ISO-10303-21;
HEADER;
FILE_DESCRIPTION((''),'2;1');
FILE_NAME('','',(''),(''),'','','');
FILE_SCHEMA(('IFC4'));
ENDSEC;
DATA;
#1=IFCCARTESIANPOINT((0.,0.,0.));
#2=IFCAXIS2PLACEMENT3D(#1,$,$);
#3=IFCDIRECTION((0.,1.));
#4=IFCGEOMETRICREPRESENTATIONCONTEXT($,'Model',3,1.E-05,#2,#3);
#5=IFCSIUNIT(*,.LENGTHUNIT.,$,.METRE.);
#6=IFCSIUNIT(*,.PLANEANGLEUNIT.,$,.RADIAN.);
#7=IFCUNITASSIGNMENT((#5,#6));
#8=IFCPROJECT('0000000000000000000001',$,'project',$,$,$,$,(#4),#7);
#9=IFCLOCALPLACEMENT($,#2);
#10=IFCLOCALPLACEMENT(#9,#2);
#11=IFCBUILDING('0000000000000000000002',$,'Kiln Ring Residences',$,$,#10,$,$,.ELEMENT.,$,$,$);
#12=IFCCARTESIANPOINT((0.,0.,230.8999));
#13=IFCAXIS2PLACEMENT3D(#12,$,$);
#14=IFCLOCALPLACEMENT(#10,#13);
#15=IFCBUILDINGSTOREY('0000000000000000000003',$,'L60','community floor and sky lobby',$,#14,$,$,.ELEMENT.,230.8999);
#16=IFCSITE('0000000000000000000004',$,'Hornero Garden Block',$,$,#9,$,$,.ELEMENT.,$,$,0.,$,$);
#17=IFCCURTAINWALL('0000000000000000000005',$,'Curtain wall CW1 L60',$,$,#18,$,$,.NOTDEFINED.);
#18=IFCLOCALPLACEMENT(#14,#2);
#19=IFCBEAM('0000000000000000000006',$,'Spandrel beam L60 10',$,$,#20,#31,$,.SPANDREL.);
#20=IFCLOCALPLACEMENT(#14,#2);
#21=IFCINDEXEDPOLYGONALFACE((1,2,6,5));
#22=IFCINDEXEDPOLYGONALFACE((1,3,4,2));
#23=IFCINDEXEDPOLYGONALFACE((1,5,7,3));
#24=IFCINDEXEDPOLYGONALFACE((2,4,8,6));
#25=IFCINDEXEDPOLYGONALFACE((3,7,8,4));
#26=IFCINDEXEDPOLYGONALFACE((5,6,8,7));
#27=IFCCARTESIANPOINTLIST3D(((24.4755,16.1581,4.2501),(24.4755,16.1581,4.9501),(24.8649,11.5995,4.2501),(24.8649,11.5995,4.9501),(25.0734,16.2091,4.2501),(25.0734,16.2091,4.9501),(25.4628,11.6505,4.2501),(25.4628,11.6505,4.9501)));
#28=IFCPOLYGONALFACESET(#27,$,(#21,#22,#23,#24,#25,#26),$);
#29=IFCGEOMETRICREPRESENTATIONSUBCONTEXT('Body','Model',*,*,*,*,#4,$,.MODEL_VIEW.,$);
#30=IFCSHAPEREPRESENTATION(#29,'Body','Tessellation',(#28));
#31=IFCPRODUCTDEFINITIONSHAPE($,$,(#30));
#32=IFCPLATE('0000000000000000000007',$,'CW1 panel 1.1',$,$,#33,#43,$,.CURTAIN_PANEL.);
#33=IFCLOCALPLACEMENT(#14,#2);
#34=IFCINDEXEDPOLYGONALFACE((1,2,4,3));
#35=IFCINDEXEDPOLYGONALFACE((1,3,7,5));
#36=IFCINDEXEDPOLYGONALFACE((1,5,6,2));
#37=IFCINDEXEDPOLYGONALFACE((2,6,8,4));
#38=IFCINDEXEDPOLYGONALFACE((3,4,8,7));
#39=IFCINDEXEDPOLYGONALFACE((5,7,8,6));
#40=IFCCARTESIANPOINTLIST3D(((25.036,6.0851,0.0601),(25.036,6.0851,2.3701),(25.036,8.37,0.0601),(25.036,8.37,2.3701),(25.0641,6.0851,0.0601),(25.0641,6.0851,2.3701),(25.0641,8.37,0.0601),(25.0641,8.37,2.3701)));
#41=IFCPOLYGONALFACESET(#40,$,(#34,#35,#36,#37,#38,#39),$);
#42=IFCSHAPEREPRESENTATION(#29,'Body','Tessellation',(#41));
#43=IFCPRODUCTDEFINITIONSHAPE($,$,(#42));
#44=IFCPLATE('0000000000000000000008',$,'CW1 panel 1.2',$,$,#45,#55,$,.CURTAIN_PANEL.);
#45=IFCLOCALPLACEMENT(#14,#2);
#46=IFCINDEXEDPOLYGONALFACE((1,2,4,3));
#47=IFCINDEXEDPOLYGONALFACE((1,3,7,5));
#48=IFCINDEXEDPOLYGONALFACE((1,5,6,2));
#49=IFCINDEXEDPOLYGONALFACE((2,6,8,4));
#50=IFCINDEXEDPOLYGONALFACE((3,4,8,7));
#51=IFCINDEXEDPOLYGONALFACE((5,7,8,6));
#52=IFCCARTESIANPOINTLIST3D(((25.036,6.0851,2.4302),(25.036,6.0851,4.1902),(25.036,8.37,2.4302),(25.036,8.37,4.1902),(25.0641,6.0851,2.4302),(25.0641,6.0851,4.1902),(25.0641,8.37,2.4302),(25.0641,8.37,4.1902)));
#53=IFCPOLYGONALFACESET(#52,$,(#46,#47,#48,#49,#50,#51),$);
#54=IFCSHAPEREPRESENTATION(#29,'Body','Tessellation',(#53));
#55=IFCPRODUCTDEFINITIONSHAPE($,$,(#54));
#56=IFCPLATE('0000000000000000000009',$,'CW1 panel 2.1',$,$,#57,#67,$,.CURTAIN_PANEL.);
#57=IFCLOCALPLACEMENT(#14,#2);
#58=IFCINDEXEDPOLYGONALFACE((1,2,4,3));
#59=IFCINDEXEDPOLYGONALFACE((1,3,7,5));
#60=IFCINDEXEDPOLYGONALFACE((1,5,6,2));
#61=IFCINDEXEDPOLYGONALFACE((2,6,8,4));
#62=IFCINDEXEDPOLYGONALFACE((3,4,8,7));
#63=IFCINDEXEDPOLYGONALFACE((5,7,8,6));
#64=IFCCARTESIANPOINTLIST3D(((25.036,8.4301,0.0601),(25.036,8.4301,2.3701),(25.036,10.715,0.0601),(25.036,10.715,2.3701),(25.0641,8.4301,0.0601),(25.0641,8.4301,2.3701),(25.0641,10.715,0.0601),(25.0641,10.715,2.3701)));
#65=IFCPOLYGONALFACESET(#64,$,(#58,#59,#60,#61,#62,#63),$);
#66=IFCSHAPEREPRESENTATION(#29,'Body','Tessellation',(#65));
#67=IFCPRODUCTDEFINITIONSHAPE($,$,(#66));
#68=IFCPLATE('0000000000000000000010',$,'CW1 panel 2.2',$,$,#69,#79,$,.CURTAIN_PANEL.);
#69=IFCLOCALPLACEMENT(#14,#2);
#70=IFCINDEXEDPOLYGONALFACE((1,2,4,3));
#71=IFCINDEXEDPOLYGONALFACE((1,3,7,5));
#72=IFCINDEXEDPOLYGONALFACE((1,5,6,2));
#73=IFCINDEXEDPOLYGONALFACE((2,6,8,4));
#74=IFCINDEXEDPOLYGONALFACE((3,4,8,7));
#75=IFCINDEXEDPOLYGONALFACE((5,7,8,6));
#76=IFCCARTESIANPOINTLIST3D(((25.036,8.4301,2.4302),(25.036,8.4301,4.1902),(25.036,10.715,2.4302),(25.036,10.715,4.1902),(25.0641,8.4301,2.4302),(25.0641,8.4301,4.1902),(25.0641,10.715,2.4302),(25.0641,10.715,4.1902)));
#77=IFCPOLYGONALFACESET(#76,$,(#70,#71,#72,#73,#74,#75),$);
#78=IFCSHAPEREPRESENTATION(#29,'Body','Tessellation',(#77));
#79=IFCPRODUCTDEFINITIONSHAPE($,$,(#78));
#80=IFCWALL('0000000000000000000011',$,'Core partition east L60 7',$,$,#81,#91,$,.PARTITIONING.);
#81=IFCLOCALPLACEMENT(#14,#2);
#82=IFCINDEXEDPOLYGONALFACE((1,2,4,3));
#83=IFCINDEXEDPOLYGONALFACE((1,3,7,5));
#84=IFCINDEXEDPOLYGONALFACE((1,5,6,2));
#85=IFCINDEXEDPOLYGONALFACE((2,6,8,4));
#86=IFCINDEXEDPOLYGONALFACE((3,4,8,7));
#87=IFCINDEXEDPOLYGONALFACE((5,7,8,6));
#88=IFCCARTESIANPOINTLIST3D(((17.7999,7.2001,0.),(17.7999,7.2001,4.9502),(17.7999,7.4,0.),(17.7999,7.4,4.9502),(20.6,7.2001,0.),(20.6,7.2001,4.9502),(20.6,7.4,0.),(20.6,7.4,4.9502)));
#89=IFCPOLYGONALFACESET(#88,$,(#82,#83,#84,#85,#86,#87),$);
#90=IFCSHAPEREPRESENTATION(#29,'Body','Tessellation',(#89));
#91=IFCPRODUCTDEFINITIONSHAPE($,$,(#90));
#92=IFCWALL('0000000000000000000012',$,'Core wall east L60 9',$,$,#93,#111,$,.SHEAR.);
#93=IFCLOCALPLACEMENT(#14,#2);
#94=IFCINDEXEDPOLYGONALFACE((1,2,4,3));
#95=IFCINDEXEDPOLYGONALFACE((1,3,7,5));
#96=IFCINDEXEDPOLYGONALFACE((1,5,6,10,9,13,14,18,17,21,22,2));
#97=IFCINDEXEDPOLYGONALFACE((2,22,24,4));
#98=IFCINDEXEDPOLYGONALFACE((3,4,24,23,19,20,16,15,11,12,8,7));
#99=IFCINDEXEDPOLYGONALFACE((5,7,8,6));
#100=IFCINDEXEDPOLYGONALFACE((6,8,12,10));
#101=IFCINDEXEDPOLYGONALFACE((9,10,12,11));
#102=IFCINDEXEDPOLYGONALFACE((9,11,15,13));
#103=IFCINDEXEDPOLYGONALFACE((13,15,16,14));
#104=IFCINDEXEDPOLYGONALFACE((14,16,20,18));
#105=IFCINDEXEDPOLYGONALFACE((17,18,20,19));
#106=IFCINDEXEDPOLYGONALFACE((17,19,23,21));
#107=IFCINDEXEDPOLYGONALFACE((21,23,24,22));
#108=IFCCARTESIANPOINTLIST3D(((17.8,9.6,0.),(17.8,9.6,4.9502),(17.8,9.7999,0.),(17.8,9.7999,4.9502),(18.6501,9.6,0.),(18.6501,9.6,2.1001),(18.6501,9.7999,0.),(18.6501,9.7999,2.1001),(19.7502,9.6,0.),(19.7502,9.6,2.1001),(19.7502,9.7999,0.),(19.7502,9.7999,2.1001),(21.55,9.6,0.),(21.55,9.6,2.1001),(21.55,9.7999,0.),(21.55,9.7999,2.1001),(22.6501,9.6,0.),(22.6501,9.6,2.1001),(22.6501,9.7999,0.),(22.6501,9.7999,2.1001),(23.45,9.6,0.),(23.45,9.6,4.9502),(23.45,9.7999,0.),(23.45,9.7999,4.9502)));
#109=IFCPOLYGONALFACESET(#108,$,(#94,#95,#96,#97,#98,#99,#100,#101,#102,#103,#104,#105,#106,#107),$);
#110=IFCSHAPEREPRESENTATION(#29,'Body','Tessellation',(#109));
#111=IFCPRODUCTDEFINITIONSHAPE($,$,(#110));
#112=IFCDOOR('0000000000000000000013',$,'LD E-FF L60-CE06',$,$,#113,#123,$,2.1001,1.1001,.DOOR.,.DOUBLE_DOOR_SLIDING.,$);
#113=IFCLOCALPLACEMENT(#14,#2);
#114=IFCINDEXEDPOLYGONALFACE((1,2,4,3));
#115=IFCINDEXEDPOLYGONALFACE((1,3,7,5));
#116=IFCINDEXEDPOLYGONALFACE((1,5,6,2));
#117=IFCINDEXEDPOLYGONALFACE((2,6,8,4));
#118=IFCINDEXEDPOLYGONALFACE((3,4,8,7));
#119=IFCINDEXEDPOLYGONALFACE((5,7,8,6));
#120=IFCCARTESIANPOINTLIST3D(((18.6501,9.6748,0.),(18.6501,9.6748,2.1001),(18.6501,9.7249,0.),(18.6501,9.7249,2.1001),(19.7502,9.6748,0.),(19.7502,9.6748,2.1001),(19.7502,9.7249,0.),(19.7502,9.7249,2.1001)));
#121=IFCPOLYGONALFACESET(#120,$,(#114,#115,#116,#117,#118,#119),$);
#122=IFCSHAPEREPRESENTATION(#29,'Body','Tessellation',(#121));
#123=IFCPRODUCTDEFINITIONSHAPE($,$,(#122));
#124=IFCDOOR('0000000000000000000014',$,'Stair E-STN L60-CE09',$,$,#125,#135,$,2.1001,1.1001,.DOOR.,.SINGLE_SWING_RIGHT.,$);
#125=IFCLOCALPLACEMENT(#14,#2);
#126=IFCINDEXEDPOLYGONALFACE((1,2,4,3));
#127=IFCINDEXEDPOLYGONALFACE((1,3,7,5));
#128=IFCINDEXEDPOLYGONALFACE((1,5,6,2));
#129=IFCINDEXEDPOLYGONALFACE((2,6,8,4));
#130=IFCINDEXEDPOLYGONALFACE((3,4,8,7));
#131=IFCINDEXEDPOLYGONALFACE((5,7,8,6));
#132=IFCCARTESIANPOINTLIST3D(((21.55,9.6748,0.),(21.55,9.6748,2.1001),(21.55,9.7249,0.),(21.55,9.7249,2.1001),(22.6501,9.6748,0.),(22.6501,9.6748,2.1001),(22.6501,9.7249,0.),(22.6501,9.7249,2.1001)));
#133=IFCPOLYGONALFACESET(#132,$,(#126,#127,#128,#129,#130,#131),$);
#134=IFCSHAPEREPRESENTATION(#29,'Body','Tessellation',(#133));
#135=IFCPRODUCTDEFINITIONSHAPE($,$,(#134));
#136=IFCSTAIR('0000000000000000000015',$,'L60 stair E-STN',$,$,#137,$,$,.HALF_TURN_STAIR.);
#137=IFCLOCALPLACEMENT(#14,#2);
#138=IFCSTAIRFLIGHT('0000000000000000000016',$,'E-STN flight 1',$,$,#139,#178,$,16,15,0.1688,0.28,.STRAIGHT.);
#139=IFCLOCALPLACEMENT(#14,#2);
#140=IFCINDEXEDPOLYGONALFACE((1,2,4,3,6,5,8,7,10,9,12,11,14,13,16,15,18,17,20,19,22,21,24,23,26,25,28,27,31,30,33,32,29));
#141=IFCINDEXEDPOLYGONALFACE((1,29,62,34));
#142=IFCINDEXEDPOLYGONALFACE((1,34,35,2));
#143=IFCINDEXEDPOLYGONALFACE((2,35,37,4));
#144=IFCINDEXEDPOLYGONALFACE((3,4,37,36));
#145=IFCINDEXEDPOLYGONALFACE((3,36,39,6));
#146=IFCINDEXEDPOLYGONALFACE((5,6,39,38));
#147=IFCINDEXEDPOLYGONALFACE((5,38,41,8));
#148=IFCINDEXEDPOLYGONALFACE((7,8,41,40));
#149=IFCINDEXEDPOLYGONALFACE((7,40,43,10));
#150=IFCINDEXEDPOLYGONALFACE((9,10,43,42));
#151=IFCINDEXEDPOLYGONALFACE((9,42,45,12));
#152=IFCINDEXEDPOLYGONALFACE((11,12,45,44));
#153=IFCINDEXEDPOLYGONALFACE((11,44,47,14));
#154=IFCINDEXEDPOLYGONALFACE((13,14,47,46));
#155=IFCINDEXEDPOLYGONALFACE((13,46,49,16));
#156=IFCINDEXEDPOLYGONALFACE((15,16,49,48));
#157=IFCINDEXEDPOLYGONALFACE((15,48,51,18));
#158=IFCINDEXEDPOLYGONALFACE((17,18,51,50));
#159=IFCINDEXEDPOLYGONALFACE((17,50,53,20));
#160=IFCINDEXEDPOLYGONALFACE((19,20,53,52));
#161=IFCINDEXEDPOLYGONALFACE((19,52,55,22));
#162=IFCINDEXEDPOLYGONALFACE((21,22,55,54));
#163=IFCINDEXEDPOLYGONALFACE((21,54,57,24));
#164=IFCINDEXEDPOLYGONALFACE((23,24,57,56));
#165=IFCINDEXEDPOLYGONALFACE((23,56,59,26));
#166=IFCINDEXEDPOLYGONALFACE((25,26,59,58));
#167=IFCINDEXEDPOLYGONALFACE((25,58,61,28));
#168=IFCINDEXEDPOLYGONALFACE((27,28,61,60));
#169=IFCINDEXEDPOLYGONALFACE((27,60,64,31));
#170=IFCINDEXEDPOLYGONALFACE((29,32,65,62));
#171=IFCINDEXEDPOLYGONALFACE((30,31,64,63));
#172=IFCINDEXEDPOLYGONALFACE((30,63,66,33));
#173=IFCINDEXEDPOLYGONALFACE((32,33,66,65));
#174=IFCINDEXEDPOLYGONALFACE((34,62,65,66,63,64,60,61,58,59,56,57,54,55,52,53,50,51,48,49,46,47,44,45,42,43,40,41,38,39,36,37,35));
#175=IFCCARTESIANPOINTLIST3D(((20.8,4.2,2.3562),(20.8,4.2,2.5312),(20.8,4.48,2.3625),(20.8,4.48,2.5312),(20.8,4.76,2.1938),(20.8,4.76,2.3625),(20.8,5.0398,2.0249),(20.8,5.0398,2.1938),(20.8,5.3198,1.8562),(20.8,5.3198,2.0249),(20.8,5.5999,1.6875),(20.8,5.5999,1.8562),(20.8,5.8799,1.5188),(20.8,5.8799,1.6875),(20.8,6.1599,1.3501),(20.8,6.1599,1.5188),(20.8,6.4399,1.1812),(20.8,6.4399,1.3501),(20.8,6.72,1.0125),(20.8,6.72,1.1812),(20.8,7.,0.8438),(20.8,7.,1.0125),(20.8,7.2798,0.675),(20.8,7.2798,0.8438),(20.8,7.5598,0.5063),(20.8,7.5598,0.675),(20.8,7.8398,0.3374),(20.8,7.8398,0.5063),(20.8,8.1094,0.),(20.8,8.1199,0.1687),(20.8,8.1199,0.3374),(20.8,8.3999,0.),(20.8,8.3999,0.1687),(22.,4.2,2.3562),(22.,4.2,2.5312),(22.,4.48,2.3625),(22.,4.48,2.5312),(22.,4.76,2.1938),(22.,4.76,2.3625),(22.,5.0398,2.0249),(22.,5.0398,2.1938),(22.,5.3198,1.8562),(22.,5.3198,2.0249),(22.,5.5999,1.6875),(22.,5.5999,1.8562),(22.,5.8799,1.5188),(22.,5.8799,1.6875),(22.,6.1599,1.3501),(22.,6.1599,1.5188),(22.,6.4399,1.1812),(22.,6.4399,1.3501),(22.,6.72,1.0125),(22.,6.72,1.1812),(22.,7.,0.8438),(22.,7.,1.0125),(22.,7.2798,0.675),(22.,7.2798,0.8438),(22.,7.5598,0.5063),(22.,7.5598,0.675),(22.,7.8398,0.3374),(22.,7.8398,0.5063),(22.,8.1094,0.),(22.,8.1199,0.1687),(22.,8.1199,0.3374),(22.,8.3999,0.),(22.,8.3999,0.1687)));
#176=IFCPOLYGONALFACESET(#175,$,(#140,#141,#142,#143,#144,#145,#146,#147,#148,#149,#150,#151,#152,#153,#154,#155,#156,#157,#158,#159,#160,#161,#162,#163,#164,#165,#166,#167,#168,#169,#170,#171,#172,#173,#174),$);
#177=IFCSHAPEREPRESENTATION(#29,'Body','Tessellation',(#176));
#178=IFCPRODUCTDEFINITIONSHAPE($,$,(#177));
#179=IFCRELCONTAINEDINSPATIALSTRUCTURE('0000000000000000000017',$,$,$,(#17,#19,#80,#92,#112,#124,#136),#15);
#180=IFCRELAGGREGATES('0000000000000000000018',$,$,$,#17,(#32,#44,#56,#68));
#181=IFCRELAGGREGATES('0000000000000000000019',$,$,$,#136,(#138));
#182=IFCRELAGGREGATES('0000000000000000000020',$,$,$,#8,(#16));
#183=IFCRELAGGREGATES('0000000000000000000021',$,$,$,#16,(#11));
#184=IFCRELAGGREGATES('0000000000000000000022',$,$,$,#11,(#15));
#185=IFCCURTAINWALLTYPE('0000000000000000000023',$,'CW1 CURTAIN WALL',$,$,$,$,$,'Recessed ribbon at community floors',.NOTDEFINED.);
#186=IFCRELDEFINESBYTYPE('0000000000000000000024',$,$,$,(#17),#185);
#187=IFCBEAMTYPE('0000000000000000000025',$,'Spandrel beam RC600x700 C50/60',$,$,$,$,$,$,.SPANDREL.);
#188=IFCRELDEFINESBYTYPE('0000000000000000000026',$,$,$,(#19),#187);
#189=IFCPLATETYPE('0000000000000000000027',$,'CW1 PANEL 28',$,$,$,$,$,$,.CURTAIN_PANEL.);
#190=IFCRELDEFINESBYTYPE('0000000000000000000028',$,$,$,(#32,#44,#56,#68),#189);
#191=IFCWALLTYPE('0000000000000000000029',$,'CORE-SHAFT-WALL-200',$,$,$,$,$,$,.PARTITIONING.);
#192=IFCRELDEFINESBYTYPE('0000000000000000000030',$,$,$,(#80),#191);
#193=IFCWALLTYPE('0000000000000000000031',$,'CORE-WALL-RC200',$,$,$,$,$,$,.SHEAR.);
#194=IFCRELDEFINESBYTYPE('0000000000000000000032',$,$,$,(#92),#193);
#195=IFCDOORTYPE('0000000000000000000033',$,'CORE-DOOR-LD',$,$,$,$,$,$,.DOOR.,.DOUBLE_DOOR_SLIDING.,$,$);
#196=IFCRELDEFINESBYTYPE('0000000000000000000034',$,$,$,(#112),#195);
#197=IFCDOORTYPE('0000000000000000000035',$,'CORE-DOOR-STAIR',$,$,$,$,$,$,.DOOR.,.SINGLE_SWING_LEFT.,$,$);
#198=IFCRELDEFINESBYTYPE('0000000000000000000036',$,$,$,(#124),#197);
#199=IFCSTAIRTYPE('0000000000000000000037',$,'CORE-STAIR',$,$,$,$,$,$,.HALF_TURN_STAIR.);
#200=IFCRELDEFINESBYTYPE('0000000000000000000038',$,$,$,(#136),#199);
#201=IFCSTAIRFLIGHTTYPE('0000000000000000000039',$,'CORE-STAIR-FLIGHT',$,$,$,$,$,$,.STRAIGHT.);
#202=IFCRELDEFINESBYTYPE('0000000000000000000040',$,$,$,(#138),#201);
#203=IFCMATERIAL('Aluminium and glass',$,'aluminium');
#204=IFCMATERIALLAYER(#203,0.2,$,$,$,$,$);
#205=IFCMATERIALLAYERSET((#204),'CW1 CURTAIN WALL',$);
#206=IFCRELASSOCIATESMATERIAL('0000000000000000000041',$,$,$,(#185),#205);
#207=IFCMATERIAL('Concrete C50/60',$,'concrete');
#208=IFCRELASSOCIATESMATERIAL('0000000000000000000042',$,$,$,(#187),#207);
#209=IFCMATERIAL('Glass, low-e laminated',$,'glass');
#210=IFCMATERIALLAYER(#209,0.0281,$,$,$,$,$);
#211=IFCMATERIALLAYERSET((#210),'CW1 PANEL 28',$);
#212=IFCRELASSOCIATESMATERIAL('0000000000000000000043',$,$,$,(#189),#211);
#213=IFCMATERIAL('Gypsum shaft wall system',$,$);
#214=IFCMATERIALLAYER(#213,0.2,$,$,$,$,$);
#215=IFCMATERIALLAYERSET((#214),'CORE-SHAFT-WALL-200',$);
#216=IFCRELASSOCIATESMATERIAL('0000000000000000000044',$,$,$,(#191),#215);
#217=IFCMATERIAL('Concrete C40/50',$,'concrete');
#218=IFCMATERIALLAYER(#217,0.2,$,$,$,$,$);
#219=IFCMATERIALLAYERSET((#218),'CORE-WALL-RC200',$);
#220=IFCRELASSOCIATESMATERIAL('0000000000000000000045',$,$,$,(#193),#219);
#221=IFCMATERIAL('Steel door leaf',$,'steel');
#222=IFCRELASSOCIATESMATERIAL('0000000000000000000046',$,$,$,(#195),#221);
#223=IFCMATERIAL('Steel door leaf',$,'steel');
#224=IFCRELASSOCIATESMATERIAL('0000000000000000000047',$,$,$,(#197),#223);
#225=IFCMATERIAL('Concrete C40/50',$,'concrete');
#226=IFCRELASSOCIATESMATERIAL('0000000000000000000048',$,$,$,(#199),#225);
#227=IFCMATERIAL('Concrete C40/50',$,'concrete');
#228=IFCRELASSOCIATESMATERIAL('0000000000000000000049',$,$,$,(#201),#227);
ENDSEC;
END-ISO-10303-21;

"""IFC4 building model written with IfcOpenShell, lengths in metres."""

from ifc_helpers import new_model, si_unit, direction, frame, frame_2d, origin, origin_2d, place, context, subcontext, project, spatial, polyline, rectangle, outline, extrude, material, layer, layer_set, material_profile, profile_set, type_object, element, fill, aggregate, save


model = new_model("IFC4")

# Units and contexts
model_context = context("Model", 3, precision=1e-05, world=origin(), true_north=direction((0.0, 1.0)))
body_context = subcontext(model_context, "Body", "Model", "MODEL_VIEW")
ifc_project = project(units=[si_unit("LENGTHUNIT", "METRE"), si_unit("PLANEANGLEUNIT", "RADIAN")], contexts=[model_context])

# Site, building, storey
site_placement = place(None, origin())
site = spatial("IfcSite", under=ifc_project, at=site_placement, Name="Hornero Garden Block", CompositionType="ELEMENT", RefElevation=0.0)
building_placement = place(site_placement, origin())
building = spatial("IfcBuilding", under=site, at=building_placement, Name="Kiln Ring Residences", CompositionType="ELEMENT")
storey_placement = place(building_placement, frame((0.0, 0.0, 230.8999)))
storey = spatial("IfcBuildingStorey", under=building, at=storey_placement, Name="L60", Description="community floor and sky lobby", CompositionType="ELEMENT", Elevation=230.8999)

# Curtain wall
ifc_material_1 = material(Name="Aluminium and glass", Category="aluminium")
ifc_layer_1 = layer(ifc_material_1, 0.2)
ifc_layer_set_1 = layer_set([ifc_layer_1], Name="CW1 CURTAIN WALL")
curtain_wall_type = type_object("IfcCurtainWallType", Name="CW1 CURTAIN WALL", ElementType="Recessed ribbon at community floors", PredefinedType="NOTDEFINED", material=ifc_layer_set_1)
placement = place(storey_placement, origin())
curtain_wall_1 = element("IfcCurtainWall", 1, at=placement, inside=storey, type_object=curtain_wall_type, Name="Curtain wall CW1 L60", PredefinedType="NOTDEFINED")

# Beam
ifc_material_2 = material(Name="Concrete C50/60", Category="concrete")
ifc_material_profile_1 = material_profile(ifc_material_2, rectangle(XDim=0.6001, YDim=0.7, at=origin_2d()), Name="RC600x700")
ifc_profile_set_1 = profile_set([ifc_material_profile_1], Name="Concrete C50/60")
beam_type = type_object("IfcBeamType", Name="Spandrel beam RC600x700 C50/60", PredefinedType="SPANDREL", material=ifc_profile_set_1)
beam_placement = place(storey_placement, frame((25.1638, 11.625, 4.6001), z_axis=(-0.085112, 0.996371, 0.0), x_axis=(-0.996371, -0.085112, 0.0)))
element("IfcBeam", 2, at=beam_placement, inside=storey, type_object=beam_type, Name="Spandrel beam L60 10", PredefinedType="SPANDREL", context=body_context, shape_type="SweptSolid", body=[
    extrude(rectangle(XDim=0.6001, YDim=0.7, at=origin_2d()), origin(), (0.0, 0.0, 1.0), 4.5752),
])

# Plates
ifc_material_3 = material(Name="Glass, low-e laminated", Category="glass")
ifc_layer_2 = layer(ifc_material_3, 0.0281)
ifc_layer_set_2 = layer_set([ifc_layer_2], Name="CW1 PANEL 28")
plate_type = type_object("IfcPlateType", Name="CW1 PANEL 28", PredefinedType="CURTAIN_PANEL", material=ifc_layer_set_2)
plate_1_placement = place(storey_placement, frame((25.05, 7.2275, 0.0601), z_axis=(0.0, 0.0, 1.0), x_axis=(0.0, 1.0, 0.0)))
plate_1 = element("IfcPlate", 3, at=plate_1_placement, type_object=plate_type, Name="CW1 panel 1.1", PredefinedType="CURTAIN_PANEL", context=body_context, shape_type="SweptSolid", body=[
    extrude(rectangle(XDim=2.2849, YDim=0.0281, at=origin_2d()), origin(), (0.0, 0.0, 1.0), 2.3101),
])
plate_2_placement = place(storey_placement, frame((25.05, 7.2275, 2.4302), z_axis=(0.0, 0.0, 1.0), x_axis=(0.0, 1.0, 0.0)))
plate_2 = element("IfcPlate", 4, at=plate_2_placement, type_object=plate_type, Name="CW1 panel 1.2", PredefinedType="CURTAIN_PANEL", context=body_context, shape_type="SweptSolid", body=[
    extrude(rectangle(XDim=2.2849, YDim=0.0281, at=origin_2d()), origin(), (0.0, 0.0, 1.0), 1.76),
])
plate_3_placement = place(storey_placement, frame((25.05, 9.5725, 0.0601), z_axis=(0.0, 0.0, 1.0), x_axis=(0.0, 1.0, 0.0)))
plate_3 = element("IfcPlate", 5, at=plate_3_placement, type_object=plate_type, Name="CW1 panel 2.1", PredefinedType="CURTAIN_PANEL", context=body_context, shape_type="SweptSolid", body=[
    extrude(rectangle(XDim=2.2849, YDim=0.0281, at=origin_2d()), origin(), (0.0, 0.0, 1.0), 2.3101),
])
plate_4_placement = place(storey_placement, frame((25.05, 9.5725, 2.4302), z_axis=(0.0, 0.0, 1.0), x_axis=(0.0, 1.0, 0.0)))
plate_4 = element("IfcPlate", 6, at=plate_4_placement, type_object=plate_type, Name="CW1 panel 2.2", PredefinedType="CURTAIN_PANEL", context=body_context, shape_type="SweptSolid", body=[
    extrude(rectangle(XDim=2.2849, YDim=0.0281, at=origin_2d()), origin(), (0.0, 0.0, 1.0), 1.76),
])
aggregate(curtain_wall_1, [plate_1, plate_2, plate_3, plate_4])

# Wall
ifc_material_4 = material(Name="Gypsum shaft wall system")
ifc_layer_3 = layer(ifc_material_4, 0.2)
ifc_layer_set_3 = layer_set([ifc_layer_3], Name="CORE-SHAFT-WALL-200")
wall_type_1 = type_object("IfcWallType", Name="CORE-SHAFT-WALL-200", PredefinedType="PARTITIONING", material=ifc_layer_set_3)
wall_1_placement = place(storey_placement, frame((17.8, 7.3, 0.0), z_axis=(0.0, 0.0, 1.0), x_axis=(1.0, 0.0, 0.0)))
element("IfcWall", 7, at=wall_1_placement, inside=storey, type_object=wall_type_1, Name="Core partition east L60 7", PredefinedType="PARTITIONING", context=body_context, shape_type="SweptSolid", body=[
    extrude(rectangle(XDim=2.8, YDim=0.2, at=frame_2d((1.3999, 0.0))), origin(), (0.0, 0.0, 1.0), 4.9502),
])

# Wall, openings, doors
ifc_material_5 = material(Name="Concrete C40/50", Category="concrete")
ifc_layer_4 = layer(ifc_material_5, 0.2)
ifc_layer_set_4 = layer_set([ifc_layer_4], Name="CORE-WALL-RC200")
wall_type_2 = type_object("IfcWallType", Name="CORE-WALL-RC200", PredefinedType="SHEAR", material=ifc_layer_set_4)
wall_2_placement = place(storey_placement, frame((17.8, 9.7, 0.0), z_axis=(0.0, 0.0, 1.0), x_axis=(1.0, 0.0, 0.0)))
wall_2 = element("IfcWall", 8, at=wall_2_placement, inside=storey, type_object=wall_type_2, Name="Core wall east L60 9", PredefinedType="SHEAR", context=body_context, shape_type="SweptSolid", body=[
    extrude(rectangle(XDim=5.6499, YDim=0.2, at=frame_2d((2.825, 0.0))), origin(), (0.0, 0.0, 1.0), 4.9502),
])
opening_1_placement = place(wall_2_placement, frame((0.8501, 0.0, 0.0)))
opening_1 = element("IfcOpeningElement", 9, at=opening_1_placement, cuts=wall_2, PredefinedType="OPENING", context=body_context, shape_type="SweptSolid", body=[
    extrude(rectangle(XDim=1.1001, YDim=2.1001, at=frame_2d((0.55, 1.05))), frame((0.0, 0.1099, 0.0), z_axis=(0.0, -1.0, 0.0), x_axis=(1.0, 0.0, 0.0)), (0.0, 0.0, 1.0), 0.22),
])
opening_2_placement = place(wall_2_placement, frame((3.75, 0.0, 0.0)))
opening_2 = element("IfcOpeningElement", 10, at=opening_2_placement, cuts=wall_2, PredefinedType="OPENING", context=body_context, shape_type="SweptSolid", body=[
    extrude(rectangle(XDim=1.1001, YDim=2.1001, at=frame_2d((0.55, 1.05))), frame((0.0, 0.1099, 0.0), z_axis=(0.0, -1.0, 0.0), x_axis=(1.0, 0.0, 0.0)), (0.0, 0.0, 1.0), 0.22),
])
ifc_material_6 = material(Name="Steel door leaf", Category="steel")
door_type_1 = type_object("IfcDoorType", Name="CORE-DOOR-LD", OperationType="DOUBLE_DOOR_SLIDING", PredefinedType="DOOR", material=ifc_material_6)
door_1_placement = place(opening_1_placement, origin())
door_1 = element("IfcDoor", 11, at=door_1_placement, inside=storey, type_object=door_type_1, Name="LD E-FF L60-CE06", OperationType="DOUBLE_DOOR_SLIDING", OverallHeight=2.1001, OverallWidth=1.1001, PredefinedType="DOOR", context=body_context, shape_type="SweptSolid", body=[
    extrude(rectangle(XDim=1.1001, YDim=2.1001, at=frame_2d((0.55, 1.05))), frame((0.0, 0.0249, 0.0), z_axis=(0.0, -1.0, 0.0), x_axis=(1.0, 0.0, 0.0)), (0.0, 0.0, 1.0), 0.05),
])
fill(opening_1, door_1)
ifc_material_7 = material(Name="Steel door leaf", Category="steel")
door_type_2 = type_object("IfcDoorType", Name="CORE-DOOR-STAIR", OperationType="SINGLE_SWING_LEFT", PredefinedType="DOOR", material=ifc_material_7)
door_2_placement = place(opening_2_placement, origin())
door_2 = element("IfcDoor", 12, at=door_2_placement, inside=storey, type_object=door_type_2, Name="Stair E-STN L60-CE09", OperationType="SINGLE_SWING_RIGHT", OverallHeight=2.1001, OverallWidth=1.1001, PredefinedType="DOOR", context=body_context, shape_type="SweptSolid", body=[
    extrude(rectangle(XDim=1.1001, YDim=2.1001, at=frame_2d((0.55, 1.05))), frame((0.0, 0.0249, 0.0), z_axis=(0.0, -1.0, 0.0), x_axis=(1.0, 0.0, 0.0)), (0.0, 0.0, 1.0), 0.05),
])
fill(opening_2, door_2)

# Stair, stair flight
ifc_material_8 = material(Name="Concrete C40/50", Category="concrete")
stair_type = type_object("IfcStairType", Name="CORE-STAIR", PredefinedType="HALF_TURN_STAIR", material=ifc_material_8)
stair = element("IfcStair", 13, at=placement, inside=storey, type_object=stair_type, Name="L60 stair E-STN", PredefinedType="HALF_TURN_STAIR")
ifc_material_9 = material(Name="Concrete C40/50", Category="concrete")
stair_flight_type = type_object("IfcStairFlightType", Name="CORE-STAIR-FLIGHT", PredefinedType="STRAIGHT", material=ifc_material_9)
stair_flight_placement = place(storey_placement, frame((21.3999, 8.3999, 0.0), z_axis=(0.0, 0.0, 1.0), x_axis=(0.0, -1.0, 0.0)))
stair_flight = element("IfcStairFlight", 14, at=stair_flight_placement, type_object=stair_flight_type, Name="E-STN flight 1", NumberOfRisers=16, NumberOfTreads=15, PredefinedType="STRAIGHT", RiserHeight=0.1688, TreadLength=0.28, context=body_context, shape_type="SweptSolid", body=[
    extrude(outline(polyline([(0.0, 0.0), (0.0, 0.1687), (0.28, 0.1687), (0.28, 0.3374), (0.5601, 0.3374), (0.5601, 0.5063), (0.8401, 0.5063), (0.8401, 0.675), (1.1201, 0.675), (1.1201, 0.8438), (1.3999, 0.8438), (1.3999, 1.0125), (1.6799, 1.0125), (1.6799, 1.1812), (1.96, 1.1812), (1.96, 1.3501), (2.24, 1.3501), (2.24, 1.5188), (2.52, 1.5188), (2.52, 1.6875), (2.8, 1.6875), (2.8, 1.8562), (3.0801, 1.8562), (3.0801, 2.0249), (3.3601, 2.0249), (3.3601, 2.1938), (3.6399, 2.1938), (3.6399, 2.3625), (3.9199, 2.3625), (3.9199, 2.5312), (4.2, 2.5312), (4.2, 2.7), (4.2, 2.3562), (0.2905, 0.0), (0.0, 0.0)])), frame((0.0, 0.6001, 0.0), z_axis=(0.0, -1.0, 0.0), x_axis=(1.0, 0.0, 0.0)), (0.0, 0.0, 1.0), 1.2),
])
aggregate(stair, [stair_flight])

save(model, "model.ifc")
